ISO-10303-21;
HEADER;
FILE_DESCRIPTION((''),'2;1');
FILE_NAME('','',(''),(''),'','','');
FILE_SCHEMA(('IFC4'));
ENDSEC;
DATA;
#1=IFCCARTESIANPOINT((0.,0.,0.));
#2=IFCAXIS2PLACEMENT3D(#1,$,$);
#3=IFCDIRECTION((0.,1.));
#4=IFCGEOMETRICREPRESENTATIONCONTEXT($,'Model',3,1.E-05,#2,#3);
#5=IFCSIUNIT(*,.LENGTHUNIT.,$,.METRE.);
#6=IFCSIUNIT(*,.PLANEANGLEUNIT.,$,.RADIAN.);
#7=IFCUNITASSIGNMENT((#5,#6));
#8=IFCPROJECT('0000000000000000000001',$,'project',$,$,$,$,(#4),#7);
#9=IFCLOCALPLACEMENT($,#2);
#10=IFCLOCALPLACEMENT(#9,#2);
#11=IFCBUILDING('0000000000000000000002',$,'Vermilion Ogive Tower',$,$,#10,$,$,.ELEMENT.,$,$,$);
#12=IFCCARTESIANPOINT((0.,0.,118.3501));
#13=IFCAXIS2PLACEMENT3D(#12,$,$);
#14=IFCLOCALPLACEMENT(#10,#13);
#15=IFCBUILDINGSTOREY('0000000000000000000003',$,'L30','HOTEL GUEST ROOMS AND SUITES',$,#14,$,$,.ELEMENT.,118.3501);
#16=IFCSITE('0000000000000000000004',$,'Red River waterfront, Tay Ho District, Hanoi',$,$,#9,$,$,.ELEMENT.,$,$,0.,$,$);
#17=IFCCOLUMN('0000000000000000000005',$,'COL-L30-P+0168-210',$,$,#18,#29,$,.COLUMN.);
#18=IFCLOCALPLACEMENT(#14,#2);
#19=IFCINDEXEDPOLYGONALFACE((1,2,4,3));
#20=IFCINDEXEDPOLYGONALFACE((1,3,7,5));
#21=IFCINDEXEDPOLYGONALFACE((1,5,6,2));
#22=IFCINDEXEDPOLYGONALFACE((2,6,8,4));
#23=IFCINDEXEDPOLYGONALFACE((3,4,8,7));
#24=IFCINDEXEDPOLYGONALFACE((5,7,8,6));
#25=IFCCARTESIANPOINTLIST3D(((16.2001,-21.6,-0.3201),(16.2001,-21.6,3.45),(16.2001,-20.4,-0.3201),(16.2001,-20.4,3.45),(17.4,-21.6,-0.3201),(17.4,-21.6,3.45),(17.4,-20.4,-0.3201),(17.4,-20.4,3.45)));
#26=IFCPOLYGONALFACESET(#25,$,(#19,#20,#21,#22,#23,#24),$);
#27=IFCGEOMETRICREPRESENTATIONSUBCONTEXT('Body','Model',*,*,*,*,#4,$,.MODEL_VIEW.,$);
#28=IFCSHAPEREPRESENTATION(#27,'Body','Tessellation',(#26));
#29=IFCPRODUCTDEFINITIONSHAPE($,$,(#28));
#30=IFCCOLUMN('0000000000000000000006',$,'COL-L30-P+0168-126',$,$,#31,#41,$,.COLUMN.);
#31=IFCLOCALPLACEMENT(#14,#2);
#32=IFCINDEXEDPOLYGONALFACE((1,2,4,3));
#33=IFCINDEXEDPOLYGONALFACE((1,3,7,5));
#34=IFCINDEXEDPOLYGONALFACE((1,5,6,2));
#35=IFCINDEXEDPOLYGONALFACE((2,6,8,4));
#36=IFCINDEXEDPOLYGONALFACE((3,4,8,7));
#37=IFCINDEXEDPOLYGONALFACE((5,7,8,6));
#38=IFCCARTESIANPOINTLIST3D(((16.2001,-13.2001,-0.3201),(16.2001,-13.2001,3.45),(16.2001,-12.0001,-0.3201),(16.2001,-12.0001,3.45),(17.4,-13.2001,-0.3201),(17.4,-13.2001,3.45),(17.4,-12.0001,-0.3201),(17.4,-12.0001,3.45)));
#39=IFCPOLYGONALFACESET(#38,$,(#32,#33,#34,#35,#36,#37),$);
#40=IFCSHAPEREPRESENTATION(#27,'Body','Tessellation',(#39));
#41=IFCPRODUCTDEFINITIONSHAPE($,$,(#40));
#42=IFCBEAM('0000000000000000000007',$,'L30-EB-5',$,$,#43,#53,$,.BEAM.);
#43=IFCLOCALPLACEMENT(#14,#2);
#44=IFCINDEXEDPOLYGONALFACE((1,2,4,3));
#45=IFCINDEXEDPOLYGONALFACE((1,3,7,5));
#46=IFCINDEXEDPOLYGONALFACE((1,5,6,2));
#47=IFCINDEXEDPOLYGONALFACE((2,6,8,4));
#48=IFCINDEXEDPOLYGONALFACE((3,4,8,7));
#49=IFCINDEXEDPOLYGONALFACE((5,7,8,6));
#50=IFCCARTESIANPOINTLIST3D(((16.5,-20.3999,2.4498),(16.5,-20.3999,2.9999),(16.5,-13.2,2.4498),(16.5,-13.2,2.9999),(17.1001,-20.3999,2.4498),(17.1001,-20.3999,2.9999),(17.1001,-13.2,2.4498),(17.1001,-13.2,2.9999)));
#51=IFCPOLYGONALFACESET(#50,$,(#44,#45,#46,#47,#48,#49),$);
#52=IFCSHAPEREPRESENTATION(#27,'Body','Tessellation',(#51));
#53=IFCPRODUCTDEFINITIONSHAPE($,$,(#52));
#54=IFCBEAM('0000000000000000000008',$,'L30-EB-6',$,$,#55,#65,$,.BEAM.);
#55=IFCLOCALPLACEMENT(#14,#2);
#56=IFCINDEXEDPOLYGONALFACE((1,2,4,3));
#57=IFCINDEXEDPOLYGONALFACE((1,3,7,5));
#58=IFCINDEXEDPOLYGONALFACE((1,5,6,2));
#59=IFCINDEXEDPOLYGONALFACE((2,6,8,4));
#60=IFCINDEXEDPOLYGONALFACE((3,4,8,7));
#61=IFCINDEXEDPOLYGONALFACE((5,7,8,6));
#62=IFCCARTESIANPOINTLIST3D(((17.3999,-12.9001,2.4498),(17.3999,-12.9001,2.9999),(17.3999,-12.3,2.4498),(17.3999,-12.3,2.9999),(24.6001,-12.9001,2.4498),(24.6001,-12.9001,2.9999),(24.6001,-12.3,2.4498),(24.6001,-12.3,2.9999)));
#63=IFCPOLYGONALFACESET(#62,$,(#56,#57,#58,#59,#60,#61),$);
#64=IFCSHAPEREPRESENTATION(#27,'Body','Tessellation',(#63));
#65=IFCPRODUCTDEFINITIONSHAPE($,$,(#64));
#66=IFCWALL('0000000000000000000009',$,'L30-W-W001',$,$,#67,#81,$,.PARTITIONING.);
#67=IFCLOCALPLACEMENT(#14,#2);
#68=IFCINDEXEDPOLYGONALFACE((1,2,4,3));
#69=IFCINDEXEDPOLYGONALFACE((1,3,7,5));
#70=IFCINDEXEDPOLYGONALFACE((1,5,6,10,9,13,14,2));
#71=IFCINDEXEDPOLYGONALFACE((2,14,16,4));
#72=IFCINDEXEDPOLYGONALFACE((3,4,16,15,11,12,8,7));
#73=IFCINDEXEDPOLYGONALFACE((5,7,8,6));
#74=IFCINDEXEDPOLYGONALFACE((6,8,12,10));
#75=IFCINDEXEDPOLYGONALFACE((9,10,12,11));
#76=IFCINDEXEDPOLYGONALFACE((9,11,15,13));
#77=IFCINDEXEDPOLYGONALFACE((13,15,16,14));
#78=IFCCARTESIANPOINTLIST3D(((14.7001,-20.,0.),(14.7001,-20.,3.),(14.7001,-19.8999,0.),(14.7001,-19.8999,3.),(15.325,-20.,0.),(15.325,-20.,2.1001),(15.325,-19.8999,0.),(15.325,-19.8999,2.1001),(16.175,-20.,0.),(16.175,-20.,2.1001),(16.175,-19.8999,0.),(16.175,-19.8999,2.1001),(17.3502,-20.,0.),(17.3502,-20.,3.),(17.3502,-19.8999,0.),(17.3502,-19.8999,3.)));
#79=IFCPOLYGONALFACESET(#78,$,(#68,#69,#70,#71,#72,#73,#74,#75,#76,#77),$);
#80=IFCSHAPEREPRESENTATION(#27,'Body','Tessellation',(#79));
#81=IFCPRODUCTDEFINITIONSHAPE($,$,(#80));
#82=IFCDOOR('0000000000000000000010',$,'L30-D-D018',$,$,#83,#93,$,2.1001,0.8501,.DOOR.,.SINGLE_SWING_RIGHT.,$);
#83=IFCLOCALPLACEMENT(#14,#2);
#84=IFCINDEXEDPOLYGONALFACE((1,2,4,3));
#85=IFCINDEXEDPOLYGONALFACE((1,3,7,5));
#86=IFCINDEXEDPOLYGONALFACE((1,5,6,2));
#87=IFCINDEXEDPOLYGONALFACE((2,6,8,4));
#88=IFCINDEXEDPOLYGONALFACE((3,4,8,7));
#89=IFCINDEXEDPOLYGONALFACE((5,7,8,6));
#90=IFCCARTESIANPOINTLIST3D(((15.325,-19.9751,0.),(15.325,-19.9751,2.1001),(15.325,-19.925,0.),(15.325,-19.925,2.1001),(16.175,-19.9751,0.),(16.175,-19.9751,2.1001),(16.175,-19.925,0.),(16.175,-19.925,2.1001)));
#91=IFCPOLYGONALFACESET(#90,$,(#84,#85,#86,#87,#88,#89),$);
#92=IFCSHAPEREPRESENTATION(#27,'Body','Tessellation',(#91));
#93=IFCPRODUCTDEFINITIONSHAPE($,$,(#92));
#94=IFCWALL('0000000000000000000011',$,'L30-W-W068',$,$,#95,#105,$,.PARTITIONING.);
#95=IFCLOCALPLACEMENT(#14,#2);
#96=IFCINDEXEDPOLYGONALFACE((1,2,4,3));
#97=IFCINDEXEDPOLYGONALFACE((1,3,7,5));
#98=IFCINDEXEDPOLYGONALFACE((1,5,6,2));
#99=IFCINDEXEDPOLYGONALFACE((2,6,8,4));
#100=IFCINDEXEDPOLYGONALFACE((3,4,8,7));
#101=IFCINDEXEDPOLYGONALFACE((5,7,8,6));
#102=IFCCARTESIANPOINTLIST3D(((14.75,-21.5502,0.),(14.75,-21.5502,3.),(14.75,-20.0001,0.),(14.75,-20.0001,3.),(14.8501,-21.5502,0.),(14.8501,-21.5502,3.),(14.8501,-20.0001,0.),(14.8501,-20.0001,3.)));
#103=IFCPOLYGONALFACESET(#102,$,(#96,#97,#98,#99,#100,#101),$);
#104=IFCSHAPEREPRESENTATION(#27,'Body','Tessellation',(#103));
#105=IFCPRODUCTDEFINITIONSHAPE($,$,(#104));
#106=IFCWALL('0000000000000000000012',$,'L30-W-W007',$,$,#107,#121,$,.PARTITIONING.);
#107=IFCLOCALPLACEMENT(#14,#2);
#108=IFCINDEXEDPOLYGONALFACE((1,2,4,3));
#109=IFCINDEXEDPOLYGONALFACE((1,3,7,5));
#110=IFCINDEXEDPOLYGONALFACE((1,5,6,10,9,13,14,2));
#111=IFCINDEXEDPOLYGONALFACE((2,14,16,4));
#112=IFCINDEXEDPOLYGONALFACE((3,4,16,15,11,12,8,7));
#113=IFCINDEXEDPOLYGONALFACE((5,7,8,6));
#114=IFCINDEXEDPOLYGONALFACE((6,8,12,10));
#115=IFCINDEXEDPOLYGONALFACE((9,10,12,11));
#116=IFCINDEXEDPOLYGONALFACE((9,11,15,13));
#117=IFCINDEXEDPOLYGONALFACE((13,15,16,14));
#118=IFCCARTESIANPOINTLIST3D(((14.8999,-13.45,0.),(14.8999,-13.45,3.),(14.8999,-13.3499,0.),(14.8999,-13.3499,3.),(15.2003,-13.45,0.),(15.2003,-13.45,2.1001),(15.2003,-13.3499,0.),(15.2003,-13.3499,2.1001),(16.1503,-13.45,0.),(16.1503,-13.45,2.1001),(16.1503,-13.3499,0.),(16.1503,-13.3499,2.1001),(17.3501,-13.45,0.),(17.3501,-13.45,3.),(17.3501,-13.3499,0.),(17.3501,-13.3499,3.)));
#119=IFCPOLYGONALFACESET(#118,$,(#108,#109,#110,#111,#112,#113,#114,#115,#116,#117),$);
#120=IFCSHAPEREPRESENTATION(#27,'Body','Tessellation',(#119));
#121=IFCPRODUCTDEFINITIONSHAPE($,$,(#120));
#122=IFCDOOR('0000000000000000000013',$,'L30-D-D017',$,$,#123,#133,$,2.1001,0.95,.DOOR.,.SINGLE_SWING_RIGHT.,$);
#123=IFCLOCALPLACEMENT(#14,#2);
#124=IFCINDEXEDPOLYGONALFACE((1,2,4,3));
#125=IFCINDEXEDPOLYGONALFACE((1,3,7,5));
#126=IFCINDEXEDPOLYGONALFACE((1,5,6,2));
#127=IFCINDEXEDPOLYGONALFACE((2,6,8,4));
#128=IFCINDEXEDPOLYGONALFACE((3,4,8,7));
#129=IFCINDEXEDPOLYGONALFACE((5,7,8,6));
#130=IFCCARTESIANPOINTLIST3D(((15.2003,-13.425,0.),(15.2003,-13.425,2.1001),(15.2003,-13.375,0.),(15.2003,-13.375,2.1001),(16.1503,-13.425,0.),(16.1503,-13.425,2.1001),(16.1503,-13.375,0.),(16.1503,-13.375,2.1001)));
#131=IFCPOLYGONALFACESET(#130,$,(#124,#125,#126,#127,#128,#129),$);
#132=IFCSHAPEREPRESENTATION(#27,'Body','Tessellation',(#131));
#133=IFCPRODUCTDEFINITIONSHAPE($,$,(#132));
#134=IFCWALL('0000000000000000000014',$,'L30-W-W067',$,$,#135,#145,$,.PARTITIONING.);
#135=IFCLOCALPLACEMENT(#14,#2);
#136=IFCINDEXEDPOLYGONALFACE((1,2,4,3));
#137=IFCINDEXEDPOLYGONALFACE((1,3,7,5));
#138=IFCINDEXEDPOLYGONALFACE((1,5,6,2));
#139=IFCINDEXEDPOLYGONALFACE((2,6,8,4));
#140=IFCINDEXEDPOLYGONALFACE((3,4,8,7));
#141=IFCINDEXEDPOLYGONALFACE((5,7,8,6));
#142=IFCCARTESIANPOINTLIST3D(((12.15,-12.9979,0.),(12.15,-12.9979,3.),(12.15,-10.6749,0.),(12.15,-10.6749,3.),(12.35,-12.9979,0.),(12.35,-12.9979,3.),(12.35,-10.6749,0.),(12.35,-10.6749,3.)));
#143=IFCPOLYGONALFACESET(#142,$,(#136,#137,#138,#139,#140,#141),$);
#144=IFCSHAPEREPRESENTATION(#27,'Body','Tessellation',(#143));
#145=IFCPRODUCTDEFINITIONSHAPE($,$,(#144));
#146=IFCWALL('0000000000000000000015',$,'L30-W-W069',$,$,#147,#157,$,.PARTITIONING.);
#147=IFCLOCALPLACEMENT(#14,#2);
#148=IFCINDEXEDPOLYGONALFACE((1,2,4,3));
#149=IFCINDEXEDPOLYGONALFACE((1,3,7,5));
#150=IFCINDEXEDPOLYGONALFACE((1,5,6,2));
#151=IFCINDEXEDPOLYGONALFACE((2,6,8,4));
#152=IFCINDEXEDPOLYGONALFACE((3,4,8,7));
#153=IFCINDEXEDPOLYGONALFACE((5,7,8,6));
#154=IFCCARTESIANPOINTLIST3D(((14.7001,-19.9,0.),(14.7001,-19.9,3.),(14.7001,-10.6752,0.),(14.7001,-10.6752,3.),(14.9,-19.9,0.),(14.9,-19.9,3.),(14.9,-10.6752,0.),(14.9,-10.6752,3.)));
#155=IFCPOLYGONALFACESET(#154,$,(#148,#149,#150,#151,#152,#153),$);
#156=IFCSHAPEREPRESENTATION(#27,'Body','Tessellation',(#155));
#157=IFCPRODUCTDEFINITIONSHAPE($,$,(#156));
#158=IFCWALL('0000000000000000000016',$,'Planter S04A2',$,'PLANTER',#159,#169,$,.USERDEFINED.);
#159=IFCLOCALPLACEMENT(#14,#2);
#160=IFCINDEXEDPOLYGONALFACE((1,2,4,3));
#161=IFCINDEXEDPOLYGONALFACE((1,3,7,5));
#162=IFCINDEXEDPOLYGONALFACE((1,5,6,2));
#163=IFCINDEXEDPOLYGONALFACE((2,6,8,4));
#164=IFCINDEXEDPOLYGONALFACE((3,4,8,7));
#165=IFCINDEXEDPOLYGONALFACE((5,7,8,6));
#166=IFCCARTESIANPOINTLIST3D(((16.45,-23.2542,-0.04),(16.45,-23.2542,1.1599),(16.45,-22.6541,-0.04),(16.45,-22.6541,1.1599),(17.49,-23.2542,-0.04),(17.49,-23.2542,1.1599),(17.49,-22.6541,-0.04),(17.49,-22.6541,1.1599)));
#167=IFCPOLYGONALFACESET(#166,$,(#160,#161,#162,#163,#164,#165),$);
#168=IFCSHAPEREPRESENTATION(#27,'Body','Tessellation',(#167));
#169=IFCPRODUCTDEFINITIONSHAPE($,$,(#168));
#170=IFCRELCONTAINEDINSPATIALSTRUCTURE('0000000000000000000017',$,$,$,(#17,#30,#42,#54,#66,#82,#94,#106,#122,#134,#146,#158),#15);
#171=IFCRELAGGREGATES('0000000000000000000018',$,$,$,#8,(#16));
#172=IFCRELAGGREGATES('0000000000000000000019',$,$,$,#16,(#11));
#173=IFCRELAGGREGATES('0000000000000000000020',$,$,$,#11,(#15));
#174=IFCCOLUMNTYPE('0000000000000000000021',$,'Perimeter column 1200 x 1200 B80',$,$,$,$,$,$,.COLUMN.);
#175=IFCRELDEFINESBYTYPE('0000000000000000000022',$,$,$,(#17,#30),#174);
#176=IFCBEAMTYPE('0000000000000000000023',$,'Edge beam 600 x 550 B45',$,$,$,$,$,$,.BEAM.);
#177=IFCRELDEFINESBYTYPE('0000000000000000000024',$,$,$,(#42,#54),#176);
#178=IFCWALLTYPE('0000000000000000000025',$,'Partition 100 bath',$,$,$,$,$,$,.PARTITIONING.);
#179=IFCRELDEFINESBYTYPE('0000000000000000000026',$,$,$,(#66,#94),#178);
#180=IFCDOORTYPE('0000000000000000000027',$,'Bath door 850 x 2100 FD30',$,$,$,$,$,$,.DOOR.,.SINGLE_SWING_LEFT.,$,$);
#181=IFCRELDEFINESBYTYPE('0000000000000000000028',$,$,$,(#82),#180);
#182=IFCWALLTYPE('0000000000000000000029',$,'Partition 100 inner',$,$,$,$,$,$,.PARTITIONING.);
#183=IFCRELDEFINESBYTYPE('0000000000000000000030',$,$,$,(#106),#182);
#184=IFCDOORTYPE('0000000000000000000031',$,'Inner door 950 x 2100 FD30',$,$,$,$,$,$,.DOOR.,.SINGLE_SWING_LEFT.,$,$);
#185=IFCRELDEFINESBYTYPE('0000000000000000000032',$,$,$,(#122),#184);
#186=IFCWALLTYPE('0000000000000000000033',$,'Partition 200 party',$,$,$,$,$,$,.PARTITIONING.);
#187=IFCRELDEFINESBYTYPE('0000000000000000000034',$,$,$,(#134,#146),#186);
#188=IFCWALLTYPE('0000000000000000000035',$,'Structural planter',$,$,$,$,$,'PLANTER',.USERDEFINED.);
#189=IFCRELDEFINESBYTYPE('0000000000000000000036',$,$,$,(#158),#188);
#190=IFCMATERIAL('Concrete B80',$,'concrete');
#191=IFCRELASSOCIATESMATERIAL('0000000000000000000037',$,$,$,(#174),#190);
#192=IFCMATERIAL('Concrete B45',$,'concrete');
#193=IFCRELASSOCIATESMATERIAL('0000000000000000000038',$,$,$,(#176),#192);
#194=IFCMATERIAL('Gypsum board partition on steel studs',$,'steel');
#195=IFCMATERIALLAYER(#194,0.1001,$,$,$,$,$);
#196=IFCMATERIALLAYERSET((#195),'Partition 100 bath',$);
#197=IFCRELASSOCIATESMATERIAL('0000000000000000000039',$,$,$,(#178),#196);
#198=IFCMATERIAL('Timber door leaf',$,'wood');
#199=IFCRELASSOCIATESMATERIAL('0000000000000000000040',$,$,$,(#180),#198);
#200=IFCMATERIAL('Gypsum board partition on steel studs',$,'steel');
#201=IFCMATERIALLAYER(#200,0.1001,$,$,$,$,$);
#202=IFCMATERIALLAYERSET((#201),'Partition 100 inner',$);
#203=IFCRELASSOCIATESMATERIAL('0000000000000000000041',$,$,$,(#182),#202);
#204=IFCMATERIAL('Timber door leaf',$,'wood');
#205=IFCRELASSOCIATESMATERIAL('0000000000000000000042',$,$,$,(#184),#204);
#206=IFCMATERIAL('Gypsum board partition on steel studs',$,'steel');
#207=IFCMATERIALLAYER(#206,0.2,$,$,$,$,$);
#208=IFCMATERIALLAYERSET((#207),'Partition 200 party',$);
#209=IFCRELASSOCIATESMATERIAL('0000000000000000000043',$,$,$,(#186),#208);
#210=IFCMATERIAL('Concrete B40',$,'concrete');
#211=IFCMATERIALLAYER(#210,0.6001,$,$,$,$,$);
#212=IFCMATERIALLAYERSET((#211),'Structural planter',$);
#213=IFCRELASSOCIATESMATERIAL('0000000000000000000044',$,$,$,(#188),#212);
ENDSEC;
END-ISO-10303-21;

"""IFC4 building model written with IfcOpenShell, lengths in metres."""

from ifc_helpers import new_model, si_unit, direction, frame, frame_2d, origin, origin_2d, place, context, subcontext, project, spatial, rectangle, extrude, material, layer, layer_set, material_profile, profile_set, type_object, element, fill, save


model = new_model("IFC4")

# Units and contexts
model_context = context("Model", 3, precision=1e-05, world=origin(), true_north=direction((0.0, 1.0)))
body_context = subcontext(model_context, "Body", "Model", "MODEL_VIEW")
ifc_project = project(units=[si_unit("LENGTHUNIT", "METRE"), si_unit("PLANEANGLEUNIT", "RADIAN")], contexts=[model_context])

# Site, building, storey
site_placement = place(None, origin())
site = spatial("IfcSite", under=ifc_project, at=site_placement, Name="Red River waterfront, Tay Ho District, Hanoi", CompositionType="ELEMENT", RefElevation=0.0)
building_placement = place(site_placement, origin())
building = spatial("IfcBuilding", under=site, at=building_placement, Name="Vermilion Ogive Tower", CompositionType="ELEMENT")
storey_placement = place(building_placement, frame((0.0, 0.0, 118.3501)))
storey = spatial("IfcBuildingStorey", under=building, at=storey_placement, Name="L30", Description="HOTEL GUEST ROOMS AND SUITES", CompositionType="ELEMENT", Elevation=118.3501)

# Columns
ifc_material_1 = material(Name="Concrete B80", Category="concrete")
ifc_material_profile_1 = material_profile(ifc_material_1, rectangle(XDim=1.2, YDim=1.2, at=origin_2d()), Name="1200 x 1200")
ifc_profile_set_1 = profile_set([ifc_material_profile_1], Name="Concrete B80")
column_type = type_object("IfcColumnType", Name="Perimeter column 1200 x 1200 B80", PredefinedType="COLUMN", material=ifc_profile_set_1)
for number, where, z_axis, x_axis, name in (
    (1, (16.8, -21.0, -0.3201), (0.0, 0.0, 1.0), (1.0, 0.0, 0.0), "COL-L30-P+0168-210"),
    (2, (16.8, -12.6001, -0.3201), (0.0, 0.0, 1.0), (1.0, 0.0, 0.0), "COL-L30-P+0168-126"),
):
    element("IfcColumn", number, at=place(storey_placement, frame(where, z_axis=z_axis, x_axis=x_axis)), inside=storey, type_object=column_type, Name=name, PredefinedType="COLUMN", context=body_context, shape_type="SweptSolid", body=[
        extrude(rectangle(XDim=1.2, YDim=1.2, at=origin_2d()), origin(), (0.0, 0.0, 1.0), 3.77),
    ])

# Beams
ifc_material_2 = material(Name="Concrete B45", Category="concrete")
ifc_material_profile_2 = material_profile(ifc_material_2, rectangle(XDim=0.6001, YDim=0.55, at=origin_2d()), Name="600 x 550")
ifc_profile_set_2 = profile_set([ifc_material_profile_2], Name="Concrete B45")
beam_type = type_object("IfcBeamType", Name="Edge beam 600 x 550 B45", PredefinedType="BEAM", material=ifc_profile_set_2)
beam_1_placement = place(storey_placement, frame((16.8, -20.3999, 2.7249), z_axis=(0.0, 1.0, 0.0), x_axis=(-1.0, 0.0, 0.0)))
element("IfcBeam", 3, at=beam_1_placement, inside=storey, type_object=beam_type, Name="L30-EB-5", PredefinedType="BEAM", context=body_context, shape_type="SweptSolid", body=[
    extrude(rectangle(XDim=0.6001, YDim=0.55, at=origin_2d()), origin(), (0.0, 0.0, 1.0), 7.2),
])
beam_2_placement = place(storey_placement, frame((17.3999, -12.6001, 2.7249), z_axis=(1.0, 0.0, 0.0), x_axis=(0.0, 1.0, 0.0)))
element("IfcBeam", 4, at=beam_2_placement, inside=storey, type_object=beam_type, Name="L30-EB-6", PredefinedType="BEAM", context=body_context, shape_type="SweptSolid", body=[
    extrude(rectangle(XDim=0.6001, YDim=0.55, at=origin_2d()), origin(), (0.0, 0.0, 1.0), 7.2002),
])

# Wall, opening, door
ifc_material_3 = material(Name="Gypsum board partition on steel studs", Category="steel")
ifc_layer_1 = layer(ifc_material_3, 0.1001)
ifc_layer_set_1 = layer_set([ifc_layer_1], Name="Partition 100 bath")
wall_type_1 = type_object("IfcWallType", Name="Partition 100 bath", PredefinedType="PARTITIONING", material=ifc_layer_set_1)
wall_1_placement = place(storey_placement, frame((14.7, -19.95, 0.0), z_axis=(0.0, 0.0, 1.0), x_axis=(1.0, 0.0, 0.0)))
wall_1 = element("IfcWall", 5, at=wall_1_placement, inside=storey, type_object=wall_type_1, Name="L30-W-W001", PredefinedType="PARTITIONING", context=body_context, shape_type="SweptSolid", body=[
    extrude(rectangle(XDim=2.6501, YDim=0.1001, at=frame_2d((1.3252, 0.0))), origin(), (0.0, 0.0, 1.0), 3.0),
])
opening_1_placement = place(wall_1_placement, frame((0.625, 0.0, 0.0)))
opening_1 = element("IfcOpeningElement", 6, at=opening_1_placement, cuts=wall_1, PredefinedType="OPENING", context=body_context, shape_type="SweptSolid", body=[
    extrude(rectangle(XDim=0.8501, YDim=2.1001, at=frame_2d((0.425, 1.05))), frame((0.0, 0.0601, 0.0), z_axis=(0.0, -1.0, 0.0), x_axis=(1.0, 0.0, 0.0)), (0.0, 0.0, 1.0), 0.1201),
])
ifc_material_4 = material(Name="Timber door leaf", Category="wood")
door_type_1 = type_object("IfcDoorType", Name="Bath door 850 x 2100 FD30", OperationType="SINGLE_SWING_LEFT", PredefinedType="DOOR", material=ifc_material_4)
door_1_placement = place(opening_1_placement, origin())
door_1 = element("IfcDoor", 7, at=door_1_placement, inside=storey, type_object=door_type_1, Name="L30-D-D018", OperationType="SINGLE_SWING_RIGHT", OverallHeight=2.1001, OverallWidth=0.8501, PredefinedType="DOOR", context=body_context, shape_type="SweptSolid", body=[
    extrude(rectangle(XDim=0.8501, YDim=2.1001, at=frame_2d((0.425, 1.05))), frame((0.0, 0.0249, 0.0), z_axis=(0.0, -1.0, 0.0), x_axis=(1.0, 0.0, 0.0)), (0.0, 0.0, 1.0), 0.05),
])
fill(opening_1, door_1)

# Wall
wall_2_placement = place(storey_placement, frame((14.8, -21.55, 0.0), z_axis=(0.0, 0.0, 1.0), x_axis=(0.0, 1.0, 0.0)))
element("IfcWall", 8, at=wall_2_placement, inside=storey, type_object=wall_type_1, Name="L30-W-W068", PredefinedType="PARTITIONING", context=body_context, shape_type="SweptSolid", body=[
    extrude(rectangle(XDim=1.55, YDim=0.1001, at=frame_2d((0.7749, 0.0))), origin(), (0.0, 0.0, 1.0), 3.0),
])

# Wall, opening, door
ifc_material_5 = material(Name="Gypsum board partition on steel studs", Category="steel")
ifc_layer_2 = layer(ifc_material_5, 0.1001)
ifc_layer_set_2 = layer_set([ifc_layer_2], Name="Partition 100 inner")
wall_type_2 = type_object("IfcWallType", Name="Partition 100 inner", PredefinedType="PARTITIONING", material=ifc_layer_set_2)
wall_3_placement = place(storey_placement, frame((14.8999, -13.3999, 0.0), z_axis=(0.0, 0.0, 1.0), x_axis=(1.0, 0.0, 0.0)))
wall_3 = element("IfcWall", 9, at=wall_3_placement, inside=storey, type_object=wall_type_2, Name="L30-W-W007", PredefinedType="PARTITIONING", context=body_context, shape_type="SweptSolid", body=[
    extrude(rectangle(XDim=2.4502, YDim=0.1001, at=frame_2d((1.2251, 0.0))), origin(), (0.0, 0.0, 1.0), 3.0),
])
opening_2_placement = place(wall_3_placement, frame((0.3003, 0.0, 0.0)))
opening_2 = element("IfcOpeningElement", 10, at=opening_2_placement, cuts=wall_3, PredefinedType="OPENING", context=body_context, shape_type="SweptSolid", body=[
    extrude(rectangle(XDim=0.95, YDim=2.1001, at=frame_2d((0.4751, 1.05))), frame((0.0, 0.0601, 0.0), z_axis=(0.0, -1.0, 0.0), x_axis=(1.0, 0.0, 0.0)), (0.0, 0.0, 1.0), 0.1201),
])
ifc_material_6 = material(Name="Timber door leaf", Category="wood")
door_type_2 = type_object("IfcDoorType", Name="Inner door 950 x 2100 FD30", OperationType="SINGLE_SWING_LEFT", PredefinedType="DOOR", material=ifc_material_6)
door_2_placement = place(opening_2_placement, origin())
door_2 = element("IfcDoor", 11, at=door_2_placement, inside=storey, type_object=door_type_2, Name="L30-D-D017", OperationType="SINGLE_SWING_RIGHT", OverallHeight=2.1001, OverallWidth=0.95, PredefinedType="DOOR", context=body_context, shape_type="SweptSolid", body=[
    extrude(rectangle(XDim=0.95, YDim=2.1001, at=frame_2d((0.4751, 1.05))), frame((0.0, 0.0249, 0.0), z_axis=(0.0, -1.0, 0.0), x_axis=(1.0, 0.0, 0.0)), (0.0, 0.0, 1.0), 0.05),
])
fill(opening_2, door_2)

# Walls
ifc_material_7 = material(Name="Gypsum board partition on steel studs", Category="steel")
ifc_layer_3 = layer(ifc_material_7, 0.2)
ifc_layer_set_3 = layer_set([ifc_layer_3], Name="Partition 200 party")
wall_type_3 = type_object("IfcWallType", Name="Partition 200 party", PredefinedType="PARTITIONING", material=ifc_layer_set_3)
wall_4_placement = place(storey_placement, frame((12.25, -12.998, 0.0), z_axis=(0.0, 0.0, 1.0), x_axis=(0.0, 1.0, 0.0)))
element("IfcWall", 12, at=wall_4_placement, inside=storey, type_object=wall_type_3, Name="L30-W-W067", PredefinedType="PARTITIONING", context=body_context, shape_type="SweptSolid", body=[
    extrude(rectangle(XDim=2.323, YDim=0.2, at=frame_2d((1.1616, 0.0))), origin(), (0.0, 0.0, 1.0), 3.0),
])
wall_5_placement = place(storey_placement, frame((14.8, -19.8999, 0.0), z_axis=(0.0, 0.0, 1.0), x_axis=(0.0, 1.0, 0.0)))
element("IfcWall", 13, at=wall_5_placement, inside=storey, type_object=wall_type_3, Name="L30-W-W069", PredefinedType="PARTITIONING", context=body_context, shape_type="SweptSolid", body=[
    extrude(rectangle(XDim=9.2249, YDim=0.2, at=frame_2d((4.6123, 0.0))), origin(), (0.0, 0.0, 1.0), 3.0),
])
ifc_material_8 = material(Name="Concrete B40", Category="concrete")
ifc_layer_4 = layer(ifc_material_8, 0.6001)
ifc_layer_set_4 = layer_set([ifc_layer_4], Name="Structural planter")
wall_type_4 = type_object("IfcWallType", Name="Structural planter", ElementType="PLANTER", PredefinedType="USERDEFINED", material=ifc_layer_set_4)
wall_6_placement = place(storey_placement, frame((16.45, -22.9541, -0.04), z_axis=(0.0, 0.0, 1.0), x_axis=(1.0, 0.0, 0.0)))
element("IfcWall", 14, at=wall_6_placement, inside=storey, type_object=wall_type_4, Name="Planter S04A2", ObjectType="PLANTER", PredefinedType="USERDEFINED", context=body_context, shape_type="SweptSolid", body=[
    extrude(rectangle(XDim=1.04, YDim=0.6001, at=frame_2d((0.52, 0.0))), origin(), (0.0, 0.0, 1.0), 1.2),
])

save(model, "model.ifc")
